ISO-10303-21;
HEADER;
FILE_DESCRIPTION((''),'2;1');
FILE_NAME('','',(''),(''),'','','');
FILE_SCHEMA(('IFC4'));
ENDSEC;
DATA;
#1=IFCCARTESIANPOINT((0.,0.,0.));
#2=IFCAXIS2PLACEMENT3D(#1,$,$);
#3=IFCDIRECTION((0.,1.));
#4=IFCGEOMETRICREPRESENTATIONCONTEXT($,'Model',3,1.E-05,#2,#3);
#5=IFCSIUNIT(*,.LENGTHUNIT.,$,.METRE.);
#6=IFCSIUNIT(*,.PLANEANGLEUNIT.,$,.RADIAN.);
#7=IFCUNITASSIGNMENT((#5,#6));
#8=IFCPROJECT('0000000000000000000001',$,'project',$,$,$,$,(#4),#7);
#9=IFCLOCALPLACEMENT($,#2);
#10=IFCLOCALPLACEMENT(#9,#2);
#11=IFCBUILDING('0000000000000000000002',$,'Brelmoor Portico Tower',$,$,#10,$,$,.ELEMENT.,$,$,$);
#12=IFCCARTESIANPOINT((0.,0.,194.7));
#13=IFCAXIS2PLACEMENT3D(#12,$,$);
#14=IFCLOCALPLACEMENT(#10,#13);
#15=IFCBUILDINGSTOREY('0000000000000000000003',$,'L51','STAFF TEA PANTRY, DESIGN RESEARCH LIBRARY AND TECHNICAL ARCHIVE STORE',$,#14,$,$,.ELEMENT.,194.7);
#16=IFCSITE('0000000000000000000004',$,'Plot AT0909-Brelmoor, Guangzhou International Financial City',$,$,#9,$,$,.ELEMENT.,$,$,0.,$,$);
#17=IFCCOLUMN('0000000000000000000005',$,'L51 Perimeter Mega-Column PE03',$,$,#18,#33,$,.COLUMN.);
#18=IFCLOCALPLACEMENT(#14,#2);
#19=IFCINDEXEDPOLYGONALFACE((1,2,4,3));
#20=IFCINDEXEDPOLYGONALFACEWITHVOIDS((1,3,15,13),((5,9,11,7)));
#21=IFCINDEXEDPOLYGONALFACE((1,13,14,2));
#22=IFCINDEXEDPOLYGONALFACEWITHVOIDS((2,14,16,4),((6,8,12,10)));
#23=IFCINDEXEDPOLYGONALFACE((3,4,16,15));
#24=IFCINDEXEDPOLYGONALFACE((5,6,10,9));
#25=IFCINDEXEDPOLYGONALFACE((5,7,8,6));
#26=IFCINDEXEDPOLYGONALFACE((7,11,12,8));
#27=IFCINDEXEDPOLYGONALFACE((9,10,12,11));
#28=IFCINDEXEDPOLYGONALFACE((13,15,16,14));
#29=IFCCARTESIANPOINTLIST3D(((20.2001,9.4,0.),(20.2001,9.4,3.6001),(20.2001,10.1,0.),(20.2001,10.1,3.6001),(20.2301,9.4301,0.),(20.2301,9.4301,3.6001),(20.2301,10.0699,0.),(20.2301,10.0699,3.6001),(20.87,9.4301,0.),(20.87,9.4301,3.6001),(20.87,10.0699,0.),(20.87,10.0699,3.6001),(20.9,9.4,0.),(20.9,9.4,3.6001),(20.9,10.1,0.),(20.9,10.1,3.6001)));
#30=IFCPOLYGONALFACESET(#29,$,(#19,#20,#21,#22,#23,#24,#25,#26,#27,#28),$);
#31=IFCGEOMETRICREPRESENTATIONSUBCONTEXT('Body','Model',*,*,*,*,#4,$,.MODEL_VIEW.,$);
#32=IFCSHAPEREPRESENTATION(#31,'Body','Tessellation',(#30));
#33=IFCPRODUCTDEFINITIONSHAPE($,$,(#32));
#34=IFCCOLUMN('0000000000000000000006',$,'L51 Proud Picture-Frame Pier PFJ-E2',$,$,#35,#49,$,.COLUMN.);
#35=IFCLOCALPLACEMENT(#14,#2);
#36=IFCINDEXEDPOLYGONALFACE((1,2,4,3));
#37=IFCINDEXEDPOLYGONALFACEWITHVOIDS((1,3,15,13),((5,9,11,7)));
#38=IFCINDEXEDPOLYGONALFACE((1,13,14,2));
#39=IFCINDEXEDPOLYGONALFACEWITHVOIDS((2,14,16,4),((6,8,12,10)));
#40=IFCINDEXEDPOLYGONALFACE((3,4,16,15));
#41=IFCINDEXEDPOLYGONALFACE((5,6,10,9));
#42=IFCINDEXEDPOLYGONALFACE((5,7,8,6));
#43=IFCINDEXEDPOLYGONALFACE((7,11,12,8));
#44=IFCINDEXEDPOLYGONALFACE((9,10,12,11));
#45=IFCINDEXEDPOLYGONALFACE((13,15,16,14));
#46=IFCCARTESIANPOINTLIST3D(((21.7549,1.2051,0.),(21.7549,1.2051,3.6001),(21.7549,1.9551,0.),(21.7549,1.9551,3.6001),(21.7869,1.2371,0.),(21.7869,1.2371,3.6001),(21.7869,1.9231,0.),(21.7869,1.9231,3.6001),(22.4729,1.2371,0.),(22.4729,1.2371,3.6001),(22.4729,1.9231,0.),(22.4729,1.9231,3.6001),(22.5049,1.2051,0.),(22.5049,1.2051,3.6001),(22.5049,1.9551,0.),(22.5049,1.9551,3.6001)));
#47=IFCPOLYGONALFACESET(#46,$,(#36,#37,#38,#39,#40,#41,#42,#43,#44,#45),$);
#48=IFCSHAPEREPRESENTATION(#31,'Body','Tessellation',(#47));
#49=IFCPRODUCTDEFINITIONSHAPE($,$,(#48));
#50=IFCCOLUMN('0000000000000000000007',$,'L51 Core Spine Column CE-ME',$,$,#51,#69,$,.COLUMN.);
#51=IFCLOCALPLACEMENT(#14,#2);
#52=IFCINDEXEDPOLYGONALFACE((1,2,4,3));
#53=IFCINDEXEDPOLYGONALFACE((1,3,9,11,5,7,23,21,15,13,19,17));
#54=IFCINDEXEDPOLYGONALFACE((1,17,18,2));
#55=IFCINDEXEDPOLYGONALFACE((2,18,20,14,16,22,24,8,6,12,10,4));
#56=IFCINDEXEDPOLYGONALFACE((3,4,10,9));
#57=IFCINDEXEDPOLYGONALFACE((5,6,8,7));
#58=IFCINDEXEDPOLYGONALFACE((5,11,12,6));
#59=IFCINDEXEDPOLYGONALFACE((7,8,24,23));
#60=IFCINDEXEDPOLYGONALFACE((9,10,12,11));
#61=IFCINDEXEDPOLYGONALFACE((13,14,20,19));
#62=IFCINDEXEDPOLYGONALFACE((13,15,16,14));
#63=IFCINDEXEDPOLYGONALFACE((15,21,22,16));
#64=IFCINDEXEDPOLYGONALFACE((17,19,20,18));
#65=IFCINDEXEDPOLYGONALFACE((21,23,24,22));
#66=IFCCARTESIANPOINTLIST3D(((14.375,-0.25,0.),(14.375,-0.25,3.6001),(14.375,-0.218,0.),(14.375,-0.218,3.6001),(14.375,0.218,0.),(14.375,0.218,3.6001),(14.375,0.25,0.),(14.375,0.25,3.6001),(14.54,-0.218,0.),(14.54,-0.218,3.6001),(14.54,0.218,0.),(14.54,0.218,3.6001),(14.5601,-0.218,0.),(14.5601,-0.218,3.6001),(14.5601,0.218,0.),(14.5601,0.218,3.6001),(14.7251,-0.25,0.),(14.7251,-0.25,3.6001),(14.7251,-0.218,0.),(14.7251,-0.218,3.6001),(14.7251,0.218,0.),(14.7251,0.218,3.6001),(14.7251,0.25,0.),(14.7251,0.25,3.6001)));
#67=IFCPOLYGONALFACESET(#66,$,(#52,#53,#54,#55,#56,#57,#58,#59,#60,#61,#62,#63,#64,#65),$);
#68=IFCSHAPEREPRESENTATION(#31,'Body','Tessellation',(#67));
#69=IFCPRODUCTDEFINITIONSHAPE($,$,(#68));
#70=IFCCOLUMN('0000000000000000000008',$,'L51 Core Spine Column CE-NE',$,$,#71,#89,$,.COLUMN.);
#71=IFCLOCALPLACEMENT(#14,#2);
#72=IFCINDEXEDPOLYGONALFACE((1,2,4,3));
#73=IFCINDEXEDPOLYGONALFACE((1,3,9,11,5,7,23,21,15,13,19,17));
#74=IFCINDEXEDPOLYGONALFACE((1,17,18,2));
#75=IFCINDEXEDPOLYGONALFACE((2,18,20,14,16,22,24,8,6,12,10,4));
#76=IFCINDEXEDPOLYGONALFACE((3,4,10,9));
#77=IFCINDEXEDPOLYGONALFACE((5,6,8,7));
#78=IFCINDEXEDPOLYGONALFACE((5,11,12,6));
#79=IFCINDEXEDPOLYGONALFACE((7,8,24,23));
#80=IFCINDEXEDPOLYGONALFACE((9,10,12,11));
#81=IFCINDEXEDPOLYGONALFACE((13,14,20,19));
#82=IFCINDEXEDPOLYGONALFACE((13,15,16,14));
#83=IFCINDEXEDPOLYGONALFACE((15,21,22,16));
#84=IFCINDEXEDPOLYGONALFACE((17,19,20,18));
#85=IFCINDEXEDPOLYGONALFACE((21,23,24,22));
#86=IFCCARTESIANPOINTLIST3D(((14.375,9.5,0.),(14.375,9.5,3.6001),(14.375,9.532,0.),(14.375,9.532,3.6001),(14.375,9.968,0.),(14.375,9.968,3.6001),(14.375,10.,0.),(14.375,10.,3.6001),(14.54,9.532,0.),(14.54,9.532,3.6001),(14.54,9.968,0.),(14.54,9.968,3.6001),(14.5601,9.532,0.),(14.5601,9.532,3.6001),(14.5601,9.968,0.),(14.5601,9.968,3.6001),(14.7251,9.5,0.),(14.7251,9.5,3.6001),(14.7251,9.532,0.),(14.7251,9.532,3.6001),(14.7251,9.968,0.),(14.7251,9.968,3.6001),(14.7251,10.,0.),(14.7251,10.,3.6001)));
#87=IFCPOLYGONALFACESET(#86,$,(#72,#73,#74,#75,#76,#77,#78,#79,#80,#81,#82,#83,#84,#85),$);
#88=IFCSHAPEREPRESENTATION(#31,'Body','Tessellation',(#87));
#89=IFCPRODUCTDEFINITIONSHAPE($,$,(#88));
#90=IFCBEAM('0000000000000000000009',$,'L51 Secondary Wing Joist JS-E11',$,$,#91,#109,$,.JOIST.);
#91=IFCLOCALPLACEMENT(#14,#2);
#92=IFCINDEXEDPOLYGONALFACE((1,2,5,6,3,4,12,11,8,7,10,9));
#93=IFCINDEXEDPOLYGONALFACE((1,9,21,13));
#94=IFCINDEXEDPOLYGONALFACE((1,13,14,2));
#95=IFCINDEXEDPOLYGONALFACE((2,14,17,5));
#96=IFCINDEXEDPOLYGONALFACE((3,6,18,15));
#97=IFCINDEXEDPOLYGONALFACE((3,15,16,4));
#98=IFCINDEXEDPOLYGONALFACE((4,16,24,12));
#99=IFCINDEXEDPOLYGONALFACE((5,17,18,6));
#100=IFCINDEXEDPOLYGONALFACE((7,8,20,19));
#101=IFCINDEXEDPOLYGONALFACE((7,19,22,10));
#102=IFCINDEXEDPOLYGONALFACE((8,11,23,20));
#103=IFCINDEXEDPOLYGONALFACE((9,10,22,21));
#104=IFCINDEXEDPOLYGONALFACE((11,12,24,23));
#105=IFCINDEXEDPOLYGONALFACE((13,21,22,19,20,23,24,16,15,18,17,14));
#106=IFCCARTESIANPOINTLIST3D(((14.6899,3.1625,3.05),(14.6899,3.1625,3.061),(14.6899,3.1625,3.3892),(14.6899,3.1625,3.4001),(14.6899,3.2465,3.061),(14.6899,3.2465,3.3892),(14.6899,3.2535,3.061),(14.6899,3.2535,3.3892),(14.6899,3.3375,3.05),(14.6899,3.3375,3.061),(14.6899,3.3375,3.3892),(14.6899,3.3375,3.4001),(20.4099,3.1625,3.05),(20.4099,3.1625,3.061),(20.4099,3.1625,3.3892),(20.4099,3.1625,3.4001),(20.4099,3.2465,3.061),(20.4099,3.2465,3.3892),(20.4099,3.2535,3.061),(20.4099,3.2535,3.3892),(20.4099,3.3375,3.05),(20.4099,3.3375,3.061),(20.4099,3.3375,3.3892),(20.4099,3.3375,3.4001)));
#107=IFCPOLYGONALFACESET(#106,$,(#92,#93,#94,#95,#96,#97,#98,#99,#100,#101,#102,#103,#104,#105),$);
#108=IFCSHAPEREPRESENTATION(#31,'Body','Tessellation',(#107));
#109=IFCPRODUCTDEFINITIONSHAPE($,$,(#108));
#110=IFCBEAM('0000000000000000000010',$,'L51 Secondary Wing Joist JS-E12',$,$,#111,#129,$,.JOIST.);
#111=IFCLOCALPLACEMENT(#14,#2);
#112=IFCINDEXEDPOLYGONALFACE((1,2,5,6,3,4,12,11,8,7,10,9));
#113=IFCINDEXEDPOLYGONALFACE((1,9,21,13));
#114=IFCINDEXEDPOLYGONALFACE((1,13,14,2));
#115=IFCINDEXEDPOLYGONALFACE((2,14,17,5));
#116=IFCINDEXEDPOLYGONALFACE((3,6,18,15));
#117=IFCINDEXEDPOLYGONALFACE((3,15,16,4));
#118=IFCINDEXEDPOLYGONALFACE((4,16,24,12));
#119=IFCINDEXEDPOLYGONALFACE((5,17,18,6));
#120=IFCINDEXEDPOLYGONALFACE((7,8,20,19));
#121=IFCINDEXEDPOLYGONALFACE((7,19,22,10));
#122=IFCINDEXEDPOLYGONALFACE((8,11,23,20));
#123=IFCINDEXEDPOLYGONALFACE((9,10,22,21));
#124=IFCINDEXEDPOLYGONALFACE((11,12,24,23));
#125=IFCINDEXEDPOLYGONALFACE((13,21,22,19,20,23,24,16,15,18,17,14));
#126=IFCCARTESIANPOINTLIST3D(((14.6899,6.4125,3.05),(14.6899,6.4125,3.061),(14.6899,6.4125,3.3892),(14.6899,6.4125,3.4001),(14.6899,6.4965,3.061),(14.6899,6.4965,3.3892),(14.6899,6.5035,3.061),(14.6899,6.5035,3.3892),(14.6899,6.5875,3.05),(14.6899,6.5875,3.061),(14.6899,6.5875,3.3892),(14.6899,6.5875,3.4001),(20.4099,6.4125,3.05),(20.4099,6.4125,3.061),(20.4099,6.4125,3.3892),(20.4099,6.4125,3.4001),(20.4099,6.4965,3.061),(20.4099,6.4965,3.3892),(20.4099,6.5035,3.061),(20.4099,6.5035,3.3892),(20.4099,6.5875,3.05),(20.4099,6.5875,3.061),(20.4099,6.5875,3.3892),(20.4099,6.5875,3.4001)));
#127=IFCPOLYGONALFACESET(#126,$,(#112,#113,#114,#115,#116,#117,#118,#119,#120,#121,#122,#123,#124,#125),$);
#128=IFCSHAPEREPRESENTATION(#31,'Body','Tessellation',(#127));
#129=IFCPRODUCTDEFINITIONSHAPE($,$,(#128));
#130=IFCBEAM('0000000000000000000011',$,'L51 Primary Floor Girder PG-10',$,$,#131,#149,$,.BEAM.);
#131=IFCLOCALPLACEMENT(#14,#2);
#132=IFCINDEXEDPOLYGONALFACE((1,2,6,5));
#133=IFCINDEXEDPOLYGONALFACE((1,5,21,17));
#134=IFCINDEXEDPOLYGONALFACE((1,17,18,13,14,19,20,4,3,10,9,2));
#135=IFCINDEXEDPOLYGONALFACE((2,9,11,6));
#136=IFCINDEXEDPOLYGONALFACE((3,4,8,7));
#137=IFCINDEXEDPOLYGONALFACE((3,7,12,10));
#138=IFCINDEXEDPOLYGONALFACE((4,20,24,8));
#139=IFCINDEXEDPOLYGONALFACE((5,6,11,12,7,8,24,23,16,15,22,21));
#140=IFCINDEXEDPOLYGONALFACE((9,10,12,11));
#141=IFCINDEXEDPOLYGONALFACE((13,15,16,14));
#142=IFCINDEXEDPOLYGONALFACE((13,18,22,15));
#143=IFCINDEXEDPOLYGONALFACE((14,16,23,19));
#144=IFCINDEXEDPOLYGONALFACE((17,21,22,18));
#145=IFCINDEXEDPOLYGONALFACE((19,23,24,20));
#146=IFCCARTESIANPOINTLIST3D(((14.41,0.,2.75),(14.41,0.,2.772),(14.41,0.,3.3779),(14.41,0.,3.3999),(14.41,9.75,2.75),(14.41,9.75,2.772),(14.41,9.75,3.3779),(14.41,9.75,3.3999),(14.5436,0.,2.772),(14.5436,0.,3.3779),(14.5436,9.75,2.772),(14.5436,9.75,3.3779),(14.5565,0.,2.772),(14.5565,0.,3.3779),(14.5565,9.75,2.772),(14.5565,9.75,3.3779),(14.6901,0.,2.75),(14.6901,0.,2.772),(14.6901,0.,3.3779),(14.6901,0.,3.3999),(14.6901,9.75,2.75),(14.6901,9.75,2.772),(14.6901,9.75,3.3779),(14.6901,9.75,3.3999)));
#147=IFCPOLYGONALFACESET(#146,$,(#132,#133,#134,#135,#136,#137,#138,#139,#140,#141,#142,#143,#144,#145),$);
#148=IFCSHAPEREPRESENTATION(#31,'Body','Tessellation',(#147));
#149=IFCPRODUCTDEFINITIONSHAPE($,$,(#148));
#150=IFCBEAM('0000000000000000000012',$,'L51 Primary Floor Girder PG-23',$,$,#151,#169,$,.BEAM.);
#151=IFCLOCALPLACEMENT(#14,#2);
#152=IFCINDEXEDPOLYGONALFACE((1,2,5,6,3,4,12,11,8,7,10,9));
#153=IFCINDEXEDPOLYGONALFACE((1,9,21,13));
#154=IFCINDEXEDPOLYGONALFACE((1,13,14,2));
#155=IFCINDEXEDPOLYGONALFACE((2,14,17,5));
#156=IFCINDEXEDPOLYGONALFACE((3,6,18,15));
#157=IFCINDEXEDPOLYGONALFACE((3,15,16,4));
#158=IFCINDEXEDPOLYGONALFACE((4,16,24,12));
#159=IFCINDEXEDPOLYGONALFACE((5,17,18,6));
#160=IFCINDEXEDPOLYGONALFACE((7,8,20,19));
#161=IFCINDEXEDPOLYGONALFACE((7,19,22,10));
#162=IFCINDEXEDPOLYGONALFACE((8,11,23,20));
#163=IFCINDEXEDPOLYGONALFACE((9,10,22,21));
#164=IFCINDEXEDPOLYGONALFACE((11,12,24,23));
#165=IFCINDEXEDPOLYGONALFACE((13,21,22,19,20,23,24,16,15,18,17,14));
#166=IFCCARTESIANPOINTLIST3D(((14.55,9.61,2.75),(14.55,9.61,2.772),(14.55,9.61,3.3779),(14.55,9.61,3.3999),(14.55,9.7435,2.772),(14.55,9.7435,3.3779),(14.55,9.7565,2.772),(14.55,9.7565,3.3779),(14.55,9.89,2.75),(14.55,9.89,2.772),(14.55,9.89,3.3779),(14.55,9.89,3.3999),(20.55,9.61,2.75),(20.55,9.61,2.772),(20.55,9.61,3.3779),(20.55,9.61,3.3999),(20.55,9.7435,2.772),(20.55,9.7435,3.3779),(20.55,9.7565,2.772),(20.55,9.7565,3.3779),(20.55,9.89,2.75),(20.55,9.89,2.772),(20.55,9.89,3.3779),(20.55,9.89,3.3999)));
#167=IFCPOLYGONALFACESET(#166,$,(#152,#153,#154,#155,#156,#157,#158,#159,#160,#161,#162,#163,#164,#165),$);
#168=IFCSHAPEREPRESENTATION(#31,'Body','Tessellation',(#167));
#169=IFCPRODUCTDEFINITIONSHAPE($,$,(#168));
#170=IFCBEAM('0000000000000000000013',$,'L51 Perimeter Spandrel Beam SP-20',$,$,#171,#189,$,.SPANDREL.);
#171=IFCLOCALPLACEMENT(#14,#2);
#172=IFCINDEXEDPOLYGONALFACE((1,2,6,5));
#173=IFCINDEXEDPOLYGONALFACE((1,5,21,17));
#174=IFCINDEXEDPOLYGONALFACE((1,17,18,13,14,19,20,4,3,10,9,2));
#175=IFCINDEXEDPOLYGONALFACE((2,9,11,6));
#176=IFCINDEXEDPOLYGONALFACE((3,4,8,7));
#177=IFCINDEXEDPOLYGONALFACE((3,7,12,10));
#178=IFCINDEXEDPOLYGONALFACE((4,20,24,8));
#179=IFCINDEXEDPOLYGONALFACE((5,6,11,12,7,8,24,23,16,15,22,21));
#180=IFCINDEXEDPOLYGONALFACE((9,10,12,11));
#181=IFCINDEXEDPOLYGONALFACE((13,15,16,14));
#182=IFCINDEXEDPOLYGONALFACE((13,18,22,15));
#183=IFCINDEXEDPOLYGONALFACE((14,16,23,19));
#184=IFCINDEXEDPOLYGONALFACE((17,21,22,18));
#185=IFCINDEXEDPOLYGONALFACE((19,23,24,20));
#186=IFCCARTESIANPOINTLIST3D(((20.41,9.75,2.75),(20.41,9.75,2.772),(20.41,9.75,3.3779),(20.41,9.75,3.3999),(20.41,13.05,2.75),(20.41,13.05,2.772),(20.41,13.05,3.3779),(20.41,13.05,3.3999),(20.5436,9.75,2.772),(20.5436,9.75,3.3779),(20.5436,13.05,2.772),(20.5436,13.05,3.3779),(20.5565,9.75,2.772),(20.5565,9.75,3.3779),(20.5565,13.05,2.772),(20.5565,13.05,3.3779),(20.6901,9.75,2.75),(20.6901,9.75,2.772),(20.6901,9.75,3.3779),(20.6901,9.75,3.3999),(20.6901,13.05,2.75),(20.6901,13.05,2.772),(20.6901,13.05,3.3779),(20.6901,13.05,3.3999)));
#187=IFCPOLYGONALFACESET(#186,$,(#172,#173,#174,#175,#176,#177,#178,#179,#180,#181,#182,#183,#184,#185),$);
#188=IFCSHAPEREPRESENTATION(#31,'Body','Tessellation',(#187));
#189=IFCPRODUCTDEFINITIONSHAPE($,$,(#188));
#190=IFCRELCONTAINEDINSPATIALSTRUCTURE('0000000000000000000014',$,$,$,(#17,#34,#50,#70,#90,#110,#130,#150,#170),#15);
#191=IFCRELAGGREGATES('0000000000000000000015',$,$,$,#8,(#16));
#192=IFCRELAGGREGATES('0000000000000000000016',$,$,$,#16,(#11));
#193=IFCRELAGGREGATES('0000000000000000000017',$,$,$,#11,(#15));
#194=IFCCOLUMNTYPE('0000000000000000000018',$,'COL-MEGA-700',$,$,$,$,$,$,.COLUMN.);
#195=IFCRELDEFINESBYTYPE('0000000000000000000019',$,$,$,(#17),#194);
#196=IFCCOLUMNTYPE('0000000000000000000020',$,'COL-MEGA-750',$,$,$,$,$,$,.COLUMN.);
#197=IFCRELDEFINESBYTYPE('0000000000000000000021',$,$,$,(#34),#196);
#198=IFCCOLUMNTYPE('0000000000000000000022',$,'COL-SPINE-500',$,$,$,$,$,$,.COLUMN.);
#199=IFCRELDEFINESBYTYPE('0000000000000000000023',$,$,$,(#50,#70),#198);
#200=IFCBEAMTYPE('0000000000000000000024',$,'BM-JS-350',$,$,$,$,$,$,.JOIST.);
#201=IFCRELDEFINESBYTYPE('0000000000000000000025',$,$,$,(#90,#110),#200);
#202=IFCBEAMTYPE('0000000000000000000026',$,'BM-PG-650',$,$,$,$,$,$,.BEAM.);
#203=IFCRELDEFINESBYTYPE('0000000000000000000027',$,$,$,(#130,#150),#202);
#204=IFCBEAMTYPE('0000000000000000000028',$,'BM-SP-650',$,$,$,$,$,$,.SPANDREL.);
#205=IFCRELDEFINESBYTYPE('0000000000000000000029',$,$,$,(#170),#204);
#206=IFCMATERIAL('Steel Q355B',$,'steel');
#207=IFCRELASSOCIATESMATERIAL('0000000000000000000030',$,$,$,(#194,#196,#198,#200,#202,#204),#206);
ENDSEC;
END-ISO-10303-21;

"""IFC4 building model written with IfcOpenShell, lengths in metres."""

from ifc_helpers import new_model, si_unit, direction, frame, origin, origin_2d, place, context, subcontext, project, spatial, hollow_rectangle, i_section, extrude, material, material_profile, profile_set, type_object, element, save


model = new_model("IFC4")

# Units and contexts
model_context = context("Model", 3, precision=1e-05, world=origin(), true_north=direction((0.0, 1.0)))
body_context = subcontext(model_context, "Body", "Model", "MODEL_VIEW")
ifc_project = project(units=[si_unit("LENGTHUNIT", "METRE"), si_unit("PLANEANGLEUNIT", "RADIAN")], contexts=[model_context])

# Site, building, storey
site_placement = place(None, origin())
site = spatial("IfcSite", under=ifc_project, at=site_placement, Name="Plot AT0909-Brelmoor, Guangzhou International Financial City", CompositionType="ELEMENT", RefElevation=0.0)
building_placement = place(site_placement, origin())
building = spatial("IfcBuilding", under=site, at=building_placement, Name="Brelmoor Portico Tower", CompositionType="ELEMENT")
storey_placement = place(building_placement, frame((0.0, 0.0, 194.7)))
storey = spatial("IfcBuildingStorey", under=building, at=storey_placement, Name="L51", Description="STAFF TEA PANTRY, DESIGN RESEARCH LIBRARY AND TECHNICAL ARCHIVE STORE", CompositionType="ELEMENT", Elevation=194.7)

# Columns
ifc_material_1 = material(Name="Steel Q355B", Category="steel")
ifc_material_profile_1 = material_profile(ifc_material_1, hollow_rectangle(XDim=0.7, YDim=0.7, WallThickness=0.03, at=origin_2d()), Name="BOX 700x700x30")
ifc_profile_set_1 = profile_set([ifc_material_profile_1], Name="Steel Q355B")
column_type_1 = type_object("IfcColumnType", Name="COL-MEGA-700", PredefinedType="COLUMN", material=ifc_profile_set_1)
column_1_placement = place(storey_placement, frame((20.55, 9.75, 0.0), z_axis=(0.0, 0.0, 1.0), x_axis=(0.0, 1.0, 0.0)))
element("IfcColumn", 1, at=column_1_placement, inside=storey, type_object=column_type_1, Name="L51 Perimeter Mega-Column PE03", PredefinedType="COLUMN", context=body_context, shape_type="SweptSolid", body=[
    extrude(hollow_rectangle(XDim=0.7, YDim=0.7, WallThickness=0.03, at=origin_2d()), origin(), (0.0, 0.0, 1.0), 3.6001),
])
ifc_material_profile_2 = material_profile(ifc_material_1, hollow_rectangle(XDim=0.75, YDim=0.75, WallThickness=0.032, at=origin_2d()), Name="BOX 750x750x32")
ifc_profile_set_2 = profile_set([ifc_material_profile_2], Name="Steel Q355B")
column_type_2 = type_object("IfcColumnType", Name="COL-MEGA-750", PredefinedType="COLUMN", material=ifc_profile_set_2)
column_2_placement = place(storey_placement, frame((22.1299, 1.5801, 0.0), z_axis=(0.0, 0.0, 1.0), x_axis=(0.0, 1.0, 0.0)))
element("IfcColumn", 2, at=column_2_placement, inside=storey, type_object=column_type_2, Name="L51 Proud Picture-Frame Pier PFJ-E2", PredefinedType="COLUMN", context=body_context, shape_type="SweptSolid", body=[
    extrude(hollow_rectangle(XDim=0.75, YDim=0.75, WallThickness=0.032, at=origin_2d()), origin(), (0.0, 0.0, 1.0), 3.6001),
])
ifc_material_profile_3 = material_profile(ifc_material_1, i_section(OverallWidth=0.3501, OverallDepth=0.5, WebThickness=0.02, FlangeThickness=0.032, at=origin_2d()), Name="HW 500x350x20x32")
ifc_profile_set_3 = profile_set([ifc_material_profile_3], Name="Steel Q355B")
column_type_3 = type_object("IfcColumnType", Name="COL-SPINE-500", PredefinedType="COLUMN", material=ifc_profile_set_3)
for number, where, z_axis, x_axis, name in (
    (3, (14.55, 0.0, 0.0), (0.0, 0.0, 1.0), (1.0, 0.0, 0.0), "L51 Core Spine Column CE-ME"),
    (4, (14.55, 9.75, 0.0), (0.0, 0.0, 1.0), (1.0, 0.0, 0.0), "L51 Core Spine Column CE-NE"),
):
    element("IfcColumn", number, at=place(storey_placement, frame(where, z_axis=z_axis, x_axis=x_axis)), inside=storey, type_object=column_type_3, Name=name, PredefinedType="COLUMN", context=body_context, shape_type="SweptSolid", body=[
        extrude(i_section(OverallWidth=0.3501, OverallDepth=0.5, WebThickness=0.02, FlangeThickness=0.032, at=origin_2d()), origin(), (0.0, 0.0, 1.0), 3.6001),
    ])

# Beams
ifc_material_profile_4 = material_profile(ifc_material_1, i_section(OverallWidth=0.175, OverallDepth=0.3501, WebThickness=0.0071, FlangeThickness=0.011, at=origin_2d()), Name="HN 350x175x7x11")
ifc_profile_set_4 = profile_set([ifc_material_profile_4], Name="Steel Q355B")
beam_type_1 = type_object("IfcBeamType", Name="BM-JS-350", PredefinedType="JOIST", material=ifc_profile_set_4)
for number, where, z_axis, x_axis, name in (
    (5, (14.6899, 3.25, 3.2251), (1.0, 0.0, 0.0), (0.0, 1.0, 0.0), "L51 Secondary Wing Joist JS-E11"),
    (6, (14.6899, 6.5, 3.2251), (1.0, 0.0, 0.0), (0.0, 1.0, 0.0), "L51 Secondary Wing Joist JS-E12"),
):
    element("IfcBeam", number, at=place(storey_placement, frame(where, z_axis=z_axis, x_axis=x_axis)), inside=storey, type_object=beam_type_1, Name=name, PredefinedType="JOIST", context=body_context, shape_type="SweptSolid", body=[
        extrude(i_section(OverallWidth=0.175, OverallDepth=0.3501, WebThickness=0.0071, FlangeThickness=0.011, at=origin_2d()), origin(), (0.0, 0.0, 1.0), 5.72),
    ])
ifc_material_profile_5 = material_profile(ifc_material_1, i_section(OverallWidth=0.28, OverallDepth=0.6499, WebThickness=0.0129, FlangeThickness=0.022, at=origin_2d()), Name="HN 650x280x13x22")
ifc_profile_set_5 = profile_set([ifc_material_profile_5], Name="Steel Q355B")
beam_type_2 = type_object("IfcBeamType", Name="BM-PG-650", PredefinedType="BEAM", material=ifc_profile_set_5)
beam_1_placement = place(storey_placement, frame((14.55, 0.0, 3.075), z_axis=(0.0, 1.0, 0.0), x_axis=(-1.0, 0.0, 0.0)))
element("IfcBeam", 7, at=beam_1_placement, inside=storey, type_object=beam_type_2, Name="L51 Primary Floor Girder PG-10", PredefinedType="BEAM", context=body_context, shape_type="SweptSolid", body=[
    extrude(i_section(OverallWidth=0.28, OverallDepth=0.6499, WebThickness=0.0129, FlangeThickness=0.022, at=origin_2d()), origin(), (0.0, 0.0, 1.0), 9.75),
])
beam_2_placement = place(storey_placement, frame((14.55, 9.75, 3.075), z_axis=(1.0, 0.0, 0.0), x_axis=(0.0, 1.0, 0.0)))
element("IfcBeam", 8, at=beam_2_placement, inside=storey, type_object=beam_type_2, Name="L51 Primary Floor Girder PG-23", PredefinedType="BEAM", context=body_context, shape_type="SweptSolid", body=[
    extrude(i_section(OverallWidth=0.28, OverallDepth=0.6499, WebThickness=0.0129, FlangeThickness=0.022, at=origin_2d()), origin(), (0.0, 0.0, 1.0), 6.0),
])
ifc_material_profile_6 = material_profile(ifc_material_1, i_section(OverallWidth=0.28, OverallDepth=0.6499, WebThickness=0.0129, FlangeThickness=0.022, at=origin_2d()), Name="HN 650x280x13x22")
ifc_profile_set_6 = profile_set([ifc_material_profile_6], Name="Steel Q355B")
beam_type_3 = type_object("IfcBeamType", Name="BM-SP-650", PredefinedType="SPANDREL", material=ifc_profile_set_6)
beam_3_placement = place(storey_placement, frame((20.55, 9.75, 3.075), z_axis=(0.0, 1.0, 0.0), x_axis=(-1.0, 0.0, 0.0)))
element("IfcBeam", 9, at=beam_3_placement, inside=storey, type_object=beam_type_3, Name="L51 Perimeter Spandrel Beam SP-20", PredefinedType="SPANDREL", context=body_context, shape_type="SweptSolid", body=[
    extrude(i_section(OverallWidth=0.28, OverallDepth=0.6499, WebThickness=0.0129, FlangeThickness=0.022, at=origin_2d()), origin(), (0.0, 0.0, 1.0), 3.3),
])

save(model, "model.ifc")
